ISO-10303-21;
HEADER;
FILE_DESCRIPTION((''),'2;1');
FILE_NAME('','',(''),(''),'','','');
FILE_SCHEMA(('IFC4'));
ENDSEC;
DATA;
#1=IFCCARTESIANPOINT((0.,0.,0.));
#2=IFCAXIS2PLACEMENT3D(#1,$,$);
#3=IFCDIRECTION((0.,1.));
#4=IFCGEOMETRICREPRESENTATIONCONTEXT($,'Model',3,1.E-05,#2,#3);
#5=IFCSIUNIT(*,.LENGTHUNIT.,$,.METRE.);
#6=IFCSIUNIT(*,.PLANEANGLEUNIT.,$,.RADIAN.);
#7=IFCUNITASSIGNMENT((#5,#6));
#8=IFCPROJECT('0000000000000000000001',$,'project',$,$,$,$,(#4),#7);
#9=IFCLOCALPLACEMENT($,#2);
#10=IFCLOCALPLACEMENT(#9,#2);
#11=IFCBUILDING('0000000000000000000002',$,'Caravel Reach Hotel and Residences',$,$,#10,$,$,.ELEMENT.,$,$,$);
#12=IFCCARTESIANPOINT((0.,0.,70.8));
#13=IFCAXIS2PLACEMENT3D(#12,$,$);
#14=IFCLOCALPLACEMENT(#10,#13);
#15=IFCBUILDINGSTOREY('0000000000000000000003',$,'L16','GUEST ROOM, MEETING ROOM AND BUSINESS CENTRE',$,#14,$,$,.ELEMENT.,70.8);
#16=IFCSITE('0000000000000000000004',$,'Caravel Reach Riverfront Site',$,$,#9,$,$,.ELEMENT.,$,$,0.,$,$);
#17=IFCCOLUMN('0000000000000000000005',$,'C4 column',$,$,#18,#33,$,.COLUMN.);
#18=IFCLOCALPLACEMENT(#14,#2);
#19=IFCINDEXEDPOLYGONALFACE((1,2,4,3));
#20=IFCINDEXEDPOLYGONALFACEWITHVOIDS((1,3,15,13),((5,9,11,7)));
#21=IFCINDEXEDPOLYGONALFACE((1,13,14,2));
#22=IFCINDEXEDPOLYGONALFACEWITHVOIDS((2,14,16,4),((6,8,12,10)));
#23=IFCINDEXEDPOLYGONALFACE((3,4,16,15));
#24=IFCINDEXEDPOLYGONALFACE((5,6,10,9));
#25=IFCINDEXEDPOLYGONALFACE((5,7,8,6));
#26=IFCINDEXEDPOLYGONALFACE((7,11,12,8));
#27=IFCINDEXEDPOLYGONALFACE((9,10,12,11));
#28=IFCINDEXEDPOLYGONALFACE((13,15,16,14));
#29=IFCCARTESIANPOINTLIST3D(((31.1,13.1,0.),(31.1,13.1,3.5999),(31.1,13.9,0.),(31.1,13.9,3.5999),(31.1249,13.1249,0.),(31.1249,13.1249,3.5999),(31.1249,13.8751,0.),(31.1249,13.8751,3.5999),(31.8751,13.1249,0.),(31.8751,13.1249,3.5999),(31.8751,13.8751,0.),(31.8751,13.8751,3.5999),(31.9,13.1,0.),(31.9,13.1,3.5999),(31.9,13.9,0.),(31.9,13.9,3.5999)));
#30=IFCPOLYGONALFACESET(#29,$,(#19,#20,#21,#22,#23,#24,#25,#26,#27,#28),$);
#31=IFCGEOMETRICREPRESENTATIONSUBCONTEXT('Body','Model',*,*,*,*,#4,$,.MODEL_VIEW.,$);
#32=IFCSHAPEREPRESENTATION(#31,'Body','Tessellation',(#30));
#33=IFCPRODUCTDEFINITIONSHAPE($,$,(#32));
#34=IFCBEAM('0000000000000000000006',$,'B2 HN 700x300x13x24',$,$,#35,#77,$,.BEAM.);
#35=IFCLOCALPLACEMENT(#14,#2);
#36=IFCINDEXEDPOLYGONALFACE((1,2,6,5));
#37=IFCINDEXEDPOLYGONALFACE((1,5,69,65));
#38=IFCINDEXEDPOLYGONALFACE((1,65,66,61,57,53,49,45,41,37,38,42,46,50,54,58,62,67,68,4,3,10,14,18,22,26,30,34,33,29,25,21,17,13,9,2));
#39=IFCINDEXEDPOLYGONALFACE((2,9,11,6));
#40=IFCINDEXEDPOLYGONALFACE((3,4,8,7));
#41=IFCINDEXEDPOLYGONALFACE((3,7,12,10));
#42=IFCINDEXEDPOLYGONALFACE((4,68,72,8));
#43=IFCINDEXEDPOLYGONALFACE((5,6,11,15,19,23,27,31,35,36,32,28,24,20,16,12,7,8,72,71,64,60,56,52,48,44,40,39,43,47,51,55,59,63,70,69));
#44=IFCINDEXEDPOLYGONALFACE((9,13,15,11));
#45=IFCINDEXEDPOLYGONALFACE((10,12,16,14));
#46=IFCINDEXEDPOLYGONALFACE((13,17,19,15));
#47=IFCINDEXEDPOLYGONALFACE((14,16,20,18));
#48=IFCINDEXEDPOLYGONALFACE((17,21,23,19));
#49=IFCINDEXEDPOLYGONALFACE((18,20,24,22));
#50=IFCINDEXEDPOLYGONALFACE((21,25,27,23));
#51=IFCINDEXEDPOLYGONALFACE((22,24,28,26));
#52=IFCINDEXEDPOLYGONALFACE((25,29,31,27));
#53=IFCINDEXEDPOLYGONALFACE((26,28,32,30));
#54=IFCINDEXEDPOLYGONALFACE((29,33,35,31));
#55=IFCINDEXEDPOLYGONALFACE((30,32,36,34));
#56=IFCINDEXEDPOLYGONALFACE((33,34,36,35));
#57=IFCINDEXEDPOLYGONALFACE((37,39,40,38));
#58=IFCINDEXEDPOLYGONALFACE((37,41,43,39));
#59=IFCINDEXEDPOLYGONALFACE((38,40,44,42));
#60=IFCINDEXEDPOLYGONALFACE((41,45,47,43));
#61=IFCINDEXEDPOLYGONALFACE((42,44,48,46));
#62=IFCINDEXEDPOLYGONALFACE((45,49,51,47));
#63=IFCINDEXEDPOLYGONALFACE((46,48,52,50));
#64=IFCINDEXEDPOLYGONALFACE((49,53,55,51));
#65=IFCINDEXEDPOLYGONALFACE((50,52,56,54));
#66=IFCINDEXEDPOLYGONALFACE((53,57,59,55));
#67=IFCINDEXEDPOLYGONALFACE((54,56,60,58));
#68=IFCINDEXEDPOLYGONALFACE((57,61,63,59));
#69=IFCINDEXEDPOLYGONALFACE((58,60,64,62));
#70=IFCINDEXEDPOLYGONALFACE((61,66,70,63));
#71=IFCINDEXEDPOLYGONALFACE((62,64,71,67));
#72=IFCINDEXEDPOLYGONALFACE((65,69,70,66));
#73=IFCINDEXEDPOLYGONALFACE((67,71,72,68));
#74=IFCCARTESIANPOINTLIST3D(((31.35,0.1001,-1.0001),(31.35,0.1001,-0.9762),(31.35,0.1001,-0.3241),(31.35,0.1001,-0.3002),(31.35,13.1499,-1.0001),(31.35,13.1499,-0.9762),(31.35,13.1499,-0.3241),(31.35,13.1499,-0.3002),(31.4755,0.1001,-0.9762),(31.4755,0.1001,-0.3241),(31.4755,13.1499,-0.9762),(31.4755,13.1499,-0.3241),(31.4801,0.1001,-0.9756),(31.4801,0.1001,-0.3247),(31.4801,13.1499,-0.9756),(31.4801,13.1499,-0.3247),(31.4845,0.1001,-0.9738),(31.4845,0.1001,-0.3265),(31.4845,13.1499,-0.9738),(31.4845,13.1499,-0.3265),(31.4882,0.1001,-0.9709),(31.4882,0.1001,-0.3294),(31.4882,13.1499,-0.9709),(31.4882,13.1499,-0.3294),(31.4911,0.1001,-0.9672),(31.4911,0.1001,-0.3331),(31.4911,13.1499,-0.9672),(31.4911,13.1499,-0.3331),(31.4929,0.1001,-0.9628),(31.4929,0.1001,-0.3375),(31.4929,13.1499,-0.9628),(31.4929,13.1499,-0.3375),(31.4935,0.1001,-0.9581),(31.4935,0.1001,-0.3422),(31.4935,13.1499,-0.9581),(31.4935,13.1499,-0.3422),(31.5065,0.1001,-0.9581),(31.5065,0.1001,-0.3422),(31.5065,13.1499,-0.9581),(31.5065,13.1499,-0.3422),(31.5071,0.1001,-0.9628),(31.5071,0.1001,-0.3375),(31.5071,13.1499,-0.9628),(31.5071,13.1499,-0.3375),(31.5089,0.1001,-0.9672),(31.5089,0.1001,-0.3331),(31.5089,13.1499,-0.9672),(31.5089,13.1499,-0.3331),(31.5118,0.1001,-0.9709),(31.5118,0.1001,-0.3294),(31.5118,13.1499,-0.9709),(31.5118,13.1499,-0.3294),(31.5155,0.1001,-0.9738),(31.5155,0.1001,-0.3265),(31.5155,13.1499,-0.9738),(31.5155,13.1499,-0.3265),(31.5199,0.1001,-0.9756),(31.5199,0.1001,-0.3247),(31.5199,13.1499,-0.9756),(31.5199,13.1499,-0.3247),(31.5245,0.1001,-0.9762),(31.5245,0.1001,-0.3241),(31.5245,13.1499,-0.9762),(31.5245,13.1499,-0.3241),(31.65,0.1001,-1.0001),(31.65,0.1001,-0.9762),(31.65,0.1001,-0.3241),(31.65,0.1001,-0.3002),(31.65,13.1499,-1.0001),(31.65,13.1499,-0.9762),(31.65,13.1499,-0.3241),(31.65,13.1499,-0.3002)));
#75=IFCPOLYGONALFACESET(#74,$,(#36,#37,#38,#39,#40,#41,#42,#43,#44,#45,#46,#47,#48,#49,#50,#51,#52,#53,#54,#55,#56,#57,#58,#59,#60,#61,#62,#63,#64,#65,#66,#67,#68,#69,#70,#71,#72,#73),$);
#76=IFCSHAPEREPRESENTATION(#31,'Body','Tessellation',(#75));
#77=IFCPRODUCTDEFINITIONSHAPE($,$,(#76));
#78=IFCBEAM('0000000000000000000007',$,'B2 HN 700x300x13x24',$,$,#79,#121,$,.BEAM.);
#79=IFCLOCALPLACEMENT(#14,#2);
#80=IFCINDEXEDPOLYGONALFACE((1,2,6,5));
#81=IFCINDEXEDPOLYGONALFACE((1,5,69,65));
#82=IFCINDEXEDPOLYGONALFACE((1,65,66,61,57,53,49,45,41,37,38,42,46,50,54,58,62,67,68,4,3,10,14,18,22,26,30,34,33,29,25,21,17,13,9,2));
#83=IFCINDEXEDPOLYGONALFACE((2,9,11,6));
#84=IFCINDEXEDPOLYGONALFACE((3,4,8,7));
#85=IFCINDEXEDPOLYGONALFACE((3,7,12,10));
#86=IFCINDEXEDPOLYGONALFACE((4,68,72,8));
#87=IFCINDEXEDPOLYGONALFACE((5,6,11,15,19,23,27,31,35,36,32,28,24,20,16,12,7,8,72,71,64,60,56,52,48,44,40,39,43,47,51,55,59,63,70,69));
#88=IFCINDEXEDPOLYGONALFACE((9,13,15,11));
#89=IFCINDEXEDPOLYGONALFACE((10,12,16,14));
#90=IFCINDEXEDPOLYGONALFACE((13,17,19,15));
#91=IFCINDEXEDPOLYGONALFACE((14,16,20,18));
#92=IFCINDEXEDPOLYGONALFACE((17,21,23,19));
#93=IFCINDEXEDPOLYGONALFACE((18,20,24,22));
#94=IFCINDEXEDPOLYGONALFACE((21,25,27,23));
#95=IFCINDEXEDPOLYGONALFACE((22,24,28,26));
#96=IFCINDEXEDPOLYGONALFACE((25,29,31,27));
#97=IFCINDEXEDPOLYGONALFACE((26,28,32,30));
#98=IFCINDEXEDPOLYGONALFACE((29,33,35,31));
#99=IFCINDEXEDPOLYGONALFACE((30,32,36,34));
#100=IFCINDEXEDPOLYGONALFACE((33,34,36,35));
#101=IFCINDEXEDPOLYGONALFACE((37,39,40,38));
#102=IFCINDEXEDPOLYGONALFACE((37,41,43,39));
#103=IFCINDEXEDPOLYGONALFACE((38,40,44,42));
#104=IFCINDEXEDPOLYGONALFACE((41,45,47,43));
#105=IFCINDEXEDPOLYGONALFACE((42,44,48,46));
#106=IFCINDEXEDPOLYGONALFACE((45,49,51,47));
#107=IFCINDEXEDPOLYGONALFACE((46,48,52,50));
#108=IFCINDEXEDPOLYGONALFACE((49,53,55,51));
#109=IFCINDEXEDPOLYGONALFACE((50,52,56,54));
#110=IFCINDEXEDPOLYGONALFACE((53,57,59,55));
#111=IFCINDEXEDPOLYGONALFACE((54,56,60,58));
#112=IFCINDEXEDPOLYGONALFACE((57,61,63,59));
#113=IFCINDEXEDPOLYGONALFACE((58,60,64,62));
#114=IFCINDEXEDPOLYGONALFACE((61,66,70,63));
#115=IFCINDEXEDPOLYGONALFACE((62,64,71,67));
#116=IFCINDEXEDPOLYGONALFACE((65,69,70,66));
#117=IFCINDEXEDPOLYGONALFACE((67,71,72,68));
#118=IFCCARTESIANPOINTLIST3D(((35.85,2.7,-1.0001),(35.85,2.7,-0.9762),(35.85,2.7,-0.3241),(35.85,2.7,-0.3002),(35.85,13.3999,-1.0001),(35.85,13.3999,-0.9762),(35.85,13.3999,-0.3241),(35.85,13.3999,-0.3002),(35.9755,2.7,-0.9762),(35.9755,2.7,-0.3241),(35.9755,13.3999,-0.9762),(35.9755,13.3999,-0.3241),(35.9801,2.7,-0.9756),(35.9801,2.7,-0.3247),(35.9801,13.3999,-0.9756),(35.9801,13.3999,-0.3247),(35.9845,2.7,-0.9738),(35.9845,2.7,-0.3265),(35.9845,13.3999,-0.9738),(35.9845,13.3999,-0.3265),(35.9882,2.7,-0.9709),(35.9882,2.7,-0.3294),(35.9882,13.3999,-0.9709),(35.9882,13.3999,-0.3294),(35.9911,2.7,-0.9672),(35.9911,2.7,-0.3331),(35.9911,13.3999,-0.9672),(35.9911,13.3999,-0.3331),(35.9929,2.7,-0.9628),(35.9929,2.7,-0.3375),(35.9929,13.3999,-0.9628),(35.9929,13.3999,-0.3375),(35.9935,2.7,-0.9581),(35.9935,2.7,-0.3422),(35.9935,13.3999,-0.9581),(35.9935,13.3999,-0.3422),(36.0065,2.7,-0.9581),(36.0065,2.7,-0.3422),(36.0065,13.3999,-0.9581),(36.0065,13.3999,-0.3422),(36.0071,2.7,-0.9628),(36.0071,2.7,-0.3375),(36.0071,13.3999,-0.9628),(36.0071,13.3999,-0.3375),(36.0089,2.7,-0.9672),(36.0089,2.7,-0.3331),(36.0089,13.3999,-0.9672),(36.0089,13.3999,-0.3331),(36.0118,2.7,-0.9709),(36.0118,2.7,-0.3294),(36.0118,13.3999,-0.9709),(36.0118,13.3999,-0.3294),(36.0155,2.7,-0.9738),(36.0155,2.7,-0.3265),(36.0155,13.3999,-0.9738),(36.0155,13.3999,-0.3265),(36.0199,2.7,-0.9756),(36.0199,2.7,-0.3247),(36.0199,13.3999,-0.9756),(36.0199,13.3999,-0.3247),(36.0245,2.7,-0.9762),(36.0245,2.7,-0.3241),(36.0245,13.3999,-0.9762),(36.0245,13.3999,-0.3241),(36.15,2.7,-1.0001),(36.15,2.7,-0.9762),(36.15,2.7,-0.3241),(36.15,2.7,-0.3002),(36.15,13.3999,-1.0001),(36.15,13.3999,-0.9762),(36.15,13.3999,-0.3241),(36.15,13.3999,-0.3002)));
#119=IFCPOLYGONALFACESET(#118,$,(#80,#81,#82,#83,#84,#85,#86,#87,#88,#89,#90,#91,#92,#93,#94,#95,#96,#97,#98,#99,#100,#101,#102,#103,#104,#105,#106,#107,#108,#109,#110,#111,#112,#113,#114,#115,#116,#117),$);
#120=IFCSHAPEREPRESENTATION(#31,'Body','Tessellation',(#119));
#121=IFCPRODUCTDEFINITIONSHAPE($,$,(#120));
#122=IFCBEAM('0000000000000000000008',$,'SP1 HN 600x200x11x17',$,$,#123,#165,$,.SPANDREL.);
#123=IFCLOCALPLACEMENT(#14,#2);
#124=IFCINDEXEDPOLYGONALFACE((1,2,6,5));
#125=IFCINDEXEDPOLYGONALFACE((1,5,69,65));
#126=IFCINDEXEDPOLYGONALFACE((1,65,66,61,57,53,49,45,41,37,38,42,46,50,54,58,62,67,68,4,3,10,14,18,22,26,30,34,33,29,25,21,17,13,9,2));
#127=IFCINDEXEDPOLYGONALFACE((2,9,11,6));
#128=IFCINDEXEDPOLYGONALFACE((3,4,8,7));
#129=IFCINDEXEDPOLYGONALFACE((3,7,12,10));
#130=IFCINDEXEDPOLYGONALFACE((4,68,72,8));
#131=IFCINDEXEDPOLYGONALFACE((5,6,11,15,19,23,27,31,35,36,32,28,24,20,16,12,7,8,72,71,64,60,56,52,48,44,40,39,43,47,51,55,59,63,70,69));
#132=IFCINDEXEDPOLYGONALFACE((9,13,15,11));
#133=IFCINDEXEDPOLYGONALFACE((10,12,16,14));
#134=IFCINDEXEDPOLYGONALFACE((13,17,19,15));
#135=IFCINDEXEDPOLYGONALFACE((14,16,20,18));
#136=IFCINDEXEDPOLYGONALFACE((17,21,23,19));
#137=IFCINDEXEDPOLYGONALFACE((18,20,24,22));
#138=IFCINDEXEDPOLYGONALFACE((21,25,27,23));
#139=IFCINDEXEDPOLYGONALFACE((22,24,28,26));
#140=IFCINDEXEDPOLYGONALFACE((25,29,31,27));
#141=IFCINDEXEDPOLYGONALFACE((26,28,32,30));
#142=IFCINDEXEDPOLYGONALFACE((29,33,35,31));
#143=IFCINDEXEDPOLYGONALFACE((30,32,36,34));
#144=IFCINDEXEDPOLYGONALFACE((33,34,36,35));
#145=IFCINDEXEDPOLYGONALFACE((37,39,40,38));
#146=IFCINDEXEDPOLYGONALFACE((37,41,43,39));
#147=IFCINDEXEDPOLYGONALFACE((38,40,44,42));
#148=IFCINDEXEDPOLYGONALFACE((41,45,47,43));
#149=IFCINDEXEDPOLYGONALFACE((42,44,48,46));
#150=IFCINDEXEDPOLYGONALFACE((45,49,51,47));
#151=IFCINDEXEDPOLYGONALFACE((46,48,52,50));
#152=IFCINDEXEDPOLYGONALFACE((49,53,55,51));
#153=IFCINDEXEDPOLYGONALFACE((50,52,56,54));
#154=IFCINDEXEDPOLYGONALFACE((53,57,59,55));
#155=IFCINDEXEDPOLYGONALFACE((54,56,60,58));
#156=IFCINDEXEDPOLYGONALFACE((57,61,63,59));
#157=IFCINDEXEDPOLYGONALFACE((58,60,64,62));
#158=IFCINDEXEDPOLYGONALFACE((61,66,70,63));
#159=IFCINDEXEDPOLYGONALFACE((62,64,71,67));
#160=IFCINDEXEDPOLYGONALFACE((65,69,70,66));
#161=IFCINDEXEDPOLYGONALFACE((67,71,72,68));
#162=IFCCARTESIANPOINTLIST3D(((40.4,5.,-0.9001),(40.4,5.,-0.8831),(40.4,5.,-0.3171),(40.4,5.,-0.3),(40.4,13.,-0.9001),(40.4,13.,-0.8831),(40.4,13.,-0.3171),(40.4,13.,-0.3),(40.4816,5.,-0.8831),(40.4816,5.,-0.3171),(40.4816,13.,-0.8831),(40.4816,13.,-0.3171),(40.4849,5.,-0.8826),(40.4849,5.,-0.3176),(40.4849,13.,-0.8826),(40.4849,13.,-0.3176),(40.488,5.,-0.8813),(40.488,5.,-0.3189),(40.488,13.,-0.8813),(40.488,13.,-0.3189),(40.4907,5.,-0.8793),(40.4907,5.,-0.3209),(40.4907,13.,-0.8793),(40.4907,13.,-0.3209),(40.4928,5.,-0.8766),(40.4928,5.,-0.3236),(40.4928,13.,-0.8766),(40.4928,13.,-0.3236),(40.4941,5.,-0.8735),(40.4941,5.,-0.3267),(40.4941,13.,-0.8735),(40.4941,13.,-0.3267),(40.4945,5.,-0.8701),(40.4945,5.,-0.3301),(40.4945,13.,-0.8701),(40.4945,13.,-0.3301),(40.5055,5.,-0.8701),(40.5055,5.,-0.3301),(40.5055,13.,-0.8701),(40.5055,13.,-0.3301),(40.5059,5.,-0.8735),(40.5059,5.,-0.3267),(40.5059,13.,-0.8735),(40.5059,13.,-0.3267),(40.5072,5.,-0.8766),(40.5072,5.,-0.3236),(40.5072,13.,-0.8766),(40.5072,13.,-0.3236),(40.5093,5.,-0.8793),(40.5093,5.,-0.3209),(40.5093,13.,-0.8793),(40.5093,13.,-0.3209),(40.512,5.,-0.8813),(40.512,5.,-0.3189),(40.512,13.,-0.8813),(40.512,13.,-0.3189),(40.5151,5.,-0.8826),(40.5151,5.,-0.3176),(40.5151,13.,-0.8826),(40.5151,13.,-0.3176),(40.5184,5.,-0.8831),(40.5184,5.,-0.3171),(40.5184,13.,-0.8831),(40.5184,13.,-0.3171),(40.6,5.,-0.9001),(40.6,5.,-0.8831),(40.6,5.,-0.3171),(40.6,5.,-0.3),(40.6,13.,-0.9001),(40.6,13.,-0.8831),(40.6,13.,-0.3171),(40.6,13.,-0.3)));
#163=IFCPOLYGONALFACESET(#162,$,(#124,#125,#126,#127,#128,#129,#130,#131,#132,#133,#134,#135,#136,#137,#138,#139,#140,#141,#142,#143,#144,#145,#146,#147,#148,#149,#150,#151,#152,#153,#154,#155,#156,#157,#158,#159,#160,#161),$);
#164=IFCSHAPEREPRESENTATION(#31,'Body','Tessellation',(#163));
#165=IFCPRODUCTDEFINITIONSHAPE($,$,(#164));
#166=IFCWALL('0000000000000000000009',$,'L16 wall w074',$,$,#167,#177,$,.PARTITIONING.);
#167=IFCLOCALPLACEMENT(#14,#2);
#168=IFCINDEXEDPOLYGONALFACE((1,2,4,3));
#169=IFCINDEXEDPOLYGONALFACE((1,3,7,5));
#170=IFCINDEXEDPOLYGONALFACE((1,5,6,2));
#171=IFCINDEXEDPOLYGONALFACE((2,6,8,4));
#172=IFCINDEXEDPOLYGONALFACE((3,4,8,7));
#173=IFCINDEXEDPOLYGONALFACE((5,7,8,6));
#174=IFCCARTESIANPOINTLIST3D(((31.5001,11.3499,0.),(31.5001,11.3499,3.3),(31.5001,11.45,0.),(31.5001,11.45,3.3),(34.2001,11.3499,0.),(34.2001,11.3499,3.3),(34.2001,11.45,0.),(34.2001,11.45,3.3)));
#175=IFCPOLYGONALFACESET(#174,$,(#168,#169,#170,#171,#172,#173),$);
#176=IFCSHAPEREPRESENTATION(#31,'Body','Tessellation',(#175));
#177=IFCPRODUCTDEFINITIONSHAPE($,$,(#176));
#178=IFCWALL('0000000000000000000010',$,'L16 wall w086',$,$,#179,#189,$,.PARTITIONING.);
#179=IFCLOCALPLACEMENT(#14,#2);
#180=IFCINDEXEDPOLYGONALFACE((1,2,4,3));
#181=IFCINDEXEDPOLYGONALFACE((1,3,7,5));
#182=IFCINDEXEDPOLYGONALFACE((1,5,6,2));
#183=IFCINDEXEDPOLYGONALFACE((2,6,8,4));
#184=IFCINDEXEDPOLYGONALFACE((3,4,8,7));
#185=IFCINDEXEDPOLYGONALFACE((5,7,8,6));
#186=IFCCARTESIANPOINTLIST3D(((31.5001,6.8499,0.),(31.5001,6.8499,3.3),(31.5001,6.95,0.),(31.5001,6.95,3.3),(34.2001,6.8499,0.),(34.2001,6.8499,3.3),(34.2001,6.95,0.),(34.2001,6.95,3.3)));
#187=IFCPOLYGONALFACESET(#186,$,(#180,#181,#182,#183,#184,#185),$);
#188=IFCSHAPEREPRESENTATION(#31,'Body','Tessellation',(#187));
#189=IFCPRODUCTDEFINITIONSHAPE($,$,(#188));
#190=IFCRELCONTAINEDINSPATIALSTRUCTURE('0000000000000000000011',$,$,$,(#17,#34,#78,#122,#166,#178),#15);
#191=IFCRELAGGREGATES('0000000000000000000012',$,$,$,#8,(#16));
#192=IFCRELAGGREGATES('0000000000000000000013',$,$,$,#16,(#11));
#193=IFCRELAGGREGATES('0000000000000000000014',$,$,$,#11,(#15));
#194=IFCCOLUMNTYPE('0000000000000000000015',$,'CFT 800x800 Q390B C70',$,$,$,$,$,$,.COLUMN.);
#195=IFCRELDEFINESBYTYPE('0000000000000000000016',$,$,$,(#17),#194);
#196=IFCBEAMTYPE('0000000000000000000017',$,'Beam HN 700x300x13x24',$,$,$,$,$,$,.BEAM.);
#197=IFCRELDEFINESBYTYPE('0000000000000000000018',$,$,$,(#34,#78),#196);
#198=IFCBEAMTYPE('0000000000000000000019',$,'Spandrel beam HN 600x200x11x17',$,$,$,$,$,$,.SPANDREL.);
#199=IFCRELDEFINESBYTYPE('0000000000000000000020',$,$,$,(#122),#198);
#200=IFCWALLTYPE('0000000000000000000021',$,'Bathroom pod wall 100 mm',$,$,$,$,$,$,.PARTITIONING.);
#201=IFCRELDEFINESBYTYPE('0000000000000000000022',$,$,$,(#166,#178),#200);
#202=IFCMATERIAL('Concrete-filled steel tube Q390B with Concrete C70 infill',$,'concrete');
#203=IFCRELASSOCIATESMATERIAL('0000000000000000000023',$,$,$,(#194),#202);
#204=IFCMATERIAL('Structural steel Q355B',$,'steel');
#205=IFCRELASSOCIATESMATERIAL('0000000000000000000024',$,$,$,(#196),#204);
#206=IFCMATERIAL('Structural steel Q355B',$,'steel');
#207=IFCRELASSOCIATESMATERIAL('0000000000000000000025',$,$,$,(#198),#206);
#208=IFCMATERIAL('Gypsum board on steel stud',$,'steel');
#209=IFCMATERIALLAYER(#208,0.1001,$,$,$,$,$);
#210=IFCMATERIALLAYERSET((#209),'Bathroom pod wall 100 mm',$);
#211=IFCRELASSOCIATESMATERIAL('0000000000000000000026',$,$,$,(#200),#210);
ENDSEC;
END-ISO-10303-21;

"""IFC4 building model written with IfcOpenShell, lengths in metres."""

from ifc_helpers import new_model, si_unit, direction, frame, frame_2d, origin, origin_2d, place, context, subcontext, project, spatial, rectangle, hollow_rectangle, i_section, extrude, material, layer, layer_set, material_profile, profile_set, type_object, element, save


model = new_model("IFC4")

# Units and contexts
model_context = context("Model", 3, precision=1e-05, world=origin(), true_north=direction((0.0, 1.0)))
body_context = subcontext(model_context, "Body", "Model", "MODEL_VIEW")
ifc_project = project(units=[si_unit("LENGTHUNIT", "METRE"), si_unit("PLANEANGLEUNIT", "RADIAN")], contexts=[model_context])

# Site, building, storey
site_placement = place(None, origin())
site = spatial("IfcSite", under=ifc_project, at=site_placement, Name="Caravel Reach Riverfront Site", CompositionType="ELEMENT", RefElevation=0.0)
building_placement = place(site_placement, origin())
building = spatial("IfcBuilding", under=site, at=building_placement, Name="Caravel Reach Hotel and Residences", CompositionType="ELEMENT")
storey_placement = place(building_placement, frame((0.0, 0.0, 70.8)))
storey = spatial("IfcBuildingStorey", under=building, at=storey_placement, Name="L16", Description="GUEST ROOM, MEETING ROOM AND BUSINESS CENTRE", CompositionType="ELEMENT", Elevation=70.8)

# Column
ifc_material_1 = material(Name="Concrete-filled steel tube Q390B with Concrete C70 infill", Category="concrete")
ifc_material_profile_1 = material_profile(ifc_material_1, hollow_rectangle(XDim=0.8, YDim=0.8, WallThickness=0.0249, at=origin_2d()), Name="RHS 800x800x25")
ifc_profile_set_1 = profile_set([ifc_material_profile_1], Name="Concrete-filled steel tube Q390B with Concrete C70 infill")
column_type = type_object("IfcColumnType", Name="CFT 800x800 Q390B C70", PredefinedType="COLUMN", material=ifc_profile_set_1)
column_placement = place(storey_placement, frame((31.5, 13.5, 0.0), z_axis=(0.0, 0.0, 1.0), x_axis=(1.0, 0.0, 0.0)))
element("IfcColumn", 1, at=column_placement, inside=storey, type_object=column_type, Name="C4 column", PredefinedType="COLUMN", context=body_context, shape_type="SweptSolid", body=[
    extrude(hollow_rectangle(XDim=0.8, YDim=0.8, WallThickness=0.0249, at=origin_2d()), origin(), (0.0, 0.0, 1.0), 3.5999),
])

# Beams
ifc_material_2 = material(Name="Structural steel Q355B", Category="steel")
ifc_material_profile_2 = material_profile(ifc_material_2, i_section(OverallWidth=0.3, OverallDepth=0.7, WebThickness=0.0129, FlangeThickness=0.0239, FilletRadius=0.0181, at=origin_2d()), Name="HN 700x300x13x24")
ifc_profile_set_2 = profile_set([ifc_material_profile_2], Name="Structural steel Q355B")
beam_type_1 = type_object("IfcBeamType", Name="Beam HN 700x300x13x24", PredefinedType="BEAM", material=ifc_profile_set_2)
beam_1_placement = place(storey_placement, frame((31.5, 13.1499, -0.6501), z_axis=(0.0, -1.0, 0.0), x_axis=(1.0, 0.0, 0.0)))
element("IfcBeam", 2, at=beam_1_placement, inside=storey, type_object=beam_type_1, Name="B2 HN 700x300x13x24", PredefinedType="BEAM", context=body_context, shape_type="SweptSolid", body=[
    extrude(i_section(OverallWidth=0.3, OverallDepth=0.7, WebThickness=0.0129, FlangeThickness=0.0239, FilletRadius=0.0181, at=origin_2d()), origin(), (0.0, 0.0, 1.0), 13.0498),
])
beam_2_placement = place(storey_placement, frame((36.0, 13.3999, -0.6501), z_axis=(0.0, -1.0, 0.0), x_axis=(1.0, 0.0, 0.0)))
element("IfcBeam", 3, at=beam_2_placement, inside=storey, type_object=beam_type_1, Name="B2 HN 700x300x13x24", PredefinedType="BEAM", context=body_context, shape_type="SweptSolid", body=[
    extrude(i_section(OverallWidth=0.3, OverallDepth=0.7, WebThickness=0.0129, FlangeThickness=0.0239, FilletRadius=0.0181, at=origin_2d()), origin(), (0.0, 0.0, 1.0), 10.7),
])
ifc_material_3 = material(Name="Structural steel Q355B", Category="steel")
ifc_material_profile_3 = material_profile(ifc_material_3, i_section(OverallWidth=0.2, OverallDepth=0.6001, WebThickness=0.011, FlangeThickness=0.0171, FilletRadius=0.0129, at=origin_2d()), Name="HN 600x200x11x17")
ifc_profile_set_3 = profile_set([ifc_material_profile_3], Name="Structural steel Q355B")
beam_type_2 = type_object("IfcBeamType", Name="Spandrel beam HN 600x200x11x17", PredefinedType="SPANDREL", material=ifc_profile_set_3)
beam_3_placement = place(storey_placement, frame((40.5, 5.0, -0.6001), z_axis=(0.0, 1.0, 0.0), x_axis=(-1.0, 0.0, 0.0)))
element("IfcBeam", 4, at=beam_3_placement, inside=storey, type_object=beam_type_2, Name="SP1 HN 600x200x11x17", PredefinedType="SPANDREL", context=body_context, shape_type="SweptSolid", body=[
    extrude(i_section(OverallWidth=0.2, OverallDepth=0.6001, WebThickness=0.011, FlangeThickness=0.0171, FilletRadius=0.0129, at=origin_2d()), origin(), (0.0, 0.0, 1.0), 8.0),
])

# Walls
ifc_material_4 = material(Name="Gypsum board on steel stud", Category="steel")
ifc_layer_1 = layer(ifc_material_4, 0.1001)
ifc_layer_set_1 = layer_set([ifc_layer_1], Name="Bathroom pod wall 100 mm")
wall_type_1 = type_object("IfcWallType", Name="Bathroom pod wall 100 mm", PredefinedType="PARTITIONING", material=ifc_layer_set_1)
for number, where, z_axis, x_axis, name in (
    (5, (31.5, 11.3999, 0.0), (0.0, 0.0, 1.0), (1.0, 0.0, 0.0), "L16 wall w074"),
    (6, (31.5, 6.8999, 0.0), (0.0, 0.0, 1.0), (1.0, 0.0, 0.0), "L16 wall w086"),
):
    element("IfcWall", number, at=place(storey_placement, frame(where, z_axis=z_axis, x_axis=x_axis)), inside=storey, type_object=wall_type_1, Name=name, PredefinedType="PARTITIONING", context=body_context, shape_type="SweptSolid", body=[
        extrude(rectangle(XDim=2.7, YDim=0.1001, at=frame_2d((1.3501, 0.0))), origin(), (0.0, 0.0, 1.0), 3.3),
    ])

save(model, "model.ifc")
